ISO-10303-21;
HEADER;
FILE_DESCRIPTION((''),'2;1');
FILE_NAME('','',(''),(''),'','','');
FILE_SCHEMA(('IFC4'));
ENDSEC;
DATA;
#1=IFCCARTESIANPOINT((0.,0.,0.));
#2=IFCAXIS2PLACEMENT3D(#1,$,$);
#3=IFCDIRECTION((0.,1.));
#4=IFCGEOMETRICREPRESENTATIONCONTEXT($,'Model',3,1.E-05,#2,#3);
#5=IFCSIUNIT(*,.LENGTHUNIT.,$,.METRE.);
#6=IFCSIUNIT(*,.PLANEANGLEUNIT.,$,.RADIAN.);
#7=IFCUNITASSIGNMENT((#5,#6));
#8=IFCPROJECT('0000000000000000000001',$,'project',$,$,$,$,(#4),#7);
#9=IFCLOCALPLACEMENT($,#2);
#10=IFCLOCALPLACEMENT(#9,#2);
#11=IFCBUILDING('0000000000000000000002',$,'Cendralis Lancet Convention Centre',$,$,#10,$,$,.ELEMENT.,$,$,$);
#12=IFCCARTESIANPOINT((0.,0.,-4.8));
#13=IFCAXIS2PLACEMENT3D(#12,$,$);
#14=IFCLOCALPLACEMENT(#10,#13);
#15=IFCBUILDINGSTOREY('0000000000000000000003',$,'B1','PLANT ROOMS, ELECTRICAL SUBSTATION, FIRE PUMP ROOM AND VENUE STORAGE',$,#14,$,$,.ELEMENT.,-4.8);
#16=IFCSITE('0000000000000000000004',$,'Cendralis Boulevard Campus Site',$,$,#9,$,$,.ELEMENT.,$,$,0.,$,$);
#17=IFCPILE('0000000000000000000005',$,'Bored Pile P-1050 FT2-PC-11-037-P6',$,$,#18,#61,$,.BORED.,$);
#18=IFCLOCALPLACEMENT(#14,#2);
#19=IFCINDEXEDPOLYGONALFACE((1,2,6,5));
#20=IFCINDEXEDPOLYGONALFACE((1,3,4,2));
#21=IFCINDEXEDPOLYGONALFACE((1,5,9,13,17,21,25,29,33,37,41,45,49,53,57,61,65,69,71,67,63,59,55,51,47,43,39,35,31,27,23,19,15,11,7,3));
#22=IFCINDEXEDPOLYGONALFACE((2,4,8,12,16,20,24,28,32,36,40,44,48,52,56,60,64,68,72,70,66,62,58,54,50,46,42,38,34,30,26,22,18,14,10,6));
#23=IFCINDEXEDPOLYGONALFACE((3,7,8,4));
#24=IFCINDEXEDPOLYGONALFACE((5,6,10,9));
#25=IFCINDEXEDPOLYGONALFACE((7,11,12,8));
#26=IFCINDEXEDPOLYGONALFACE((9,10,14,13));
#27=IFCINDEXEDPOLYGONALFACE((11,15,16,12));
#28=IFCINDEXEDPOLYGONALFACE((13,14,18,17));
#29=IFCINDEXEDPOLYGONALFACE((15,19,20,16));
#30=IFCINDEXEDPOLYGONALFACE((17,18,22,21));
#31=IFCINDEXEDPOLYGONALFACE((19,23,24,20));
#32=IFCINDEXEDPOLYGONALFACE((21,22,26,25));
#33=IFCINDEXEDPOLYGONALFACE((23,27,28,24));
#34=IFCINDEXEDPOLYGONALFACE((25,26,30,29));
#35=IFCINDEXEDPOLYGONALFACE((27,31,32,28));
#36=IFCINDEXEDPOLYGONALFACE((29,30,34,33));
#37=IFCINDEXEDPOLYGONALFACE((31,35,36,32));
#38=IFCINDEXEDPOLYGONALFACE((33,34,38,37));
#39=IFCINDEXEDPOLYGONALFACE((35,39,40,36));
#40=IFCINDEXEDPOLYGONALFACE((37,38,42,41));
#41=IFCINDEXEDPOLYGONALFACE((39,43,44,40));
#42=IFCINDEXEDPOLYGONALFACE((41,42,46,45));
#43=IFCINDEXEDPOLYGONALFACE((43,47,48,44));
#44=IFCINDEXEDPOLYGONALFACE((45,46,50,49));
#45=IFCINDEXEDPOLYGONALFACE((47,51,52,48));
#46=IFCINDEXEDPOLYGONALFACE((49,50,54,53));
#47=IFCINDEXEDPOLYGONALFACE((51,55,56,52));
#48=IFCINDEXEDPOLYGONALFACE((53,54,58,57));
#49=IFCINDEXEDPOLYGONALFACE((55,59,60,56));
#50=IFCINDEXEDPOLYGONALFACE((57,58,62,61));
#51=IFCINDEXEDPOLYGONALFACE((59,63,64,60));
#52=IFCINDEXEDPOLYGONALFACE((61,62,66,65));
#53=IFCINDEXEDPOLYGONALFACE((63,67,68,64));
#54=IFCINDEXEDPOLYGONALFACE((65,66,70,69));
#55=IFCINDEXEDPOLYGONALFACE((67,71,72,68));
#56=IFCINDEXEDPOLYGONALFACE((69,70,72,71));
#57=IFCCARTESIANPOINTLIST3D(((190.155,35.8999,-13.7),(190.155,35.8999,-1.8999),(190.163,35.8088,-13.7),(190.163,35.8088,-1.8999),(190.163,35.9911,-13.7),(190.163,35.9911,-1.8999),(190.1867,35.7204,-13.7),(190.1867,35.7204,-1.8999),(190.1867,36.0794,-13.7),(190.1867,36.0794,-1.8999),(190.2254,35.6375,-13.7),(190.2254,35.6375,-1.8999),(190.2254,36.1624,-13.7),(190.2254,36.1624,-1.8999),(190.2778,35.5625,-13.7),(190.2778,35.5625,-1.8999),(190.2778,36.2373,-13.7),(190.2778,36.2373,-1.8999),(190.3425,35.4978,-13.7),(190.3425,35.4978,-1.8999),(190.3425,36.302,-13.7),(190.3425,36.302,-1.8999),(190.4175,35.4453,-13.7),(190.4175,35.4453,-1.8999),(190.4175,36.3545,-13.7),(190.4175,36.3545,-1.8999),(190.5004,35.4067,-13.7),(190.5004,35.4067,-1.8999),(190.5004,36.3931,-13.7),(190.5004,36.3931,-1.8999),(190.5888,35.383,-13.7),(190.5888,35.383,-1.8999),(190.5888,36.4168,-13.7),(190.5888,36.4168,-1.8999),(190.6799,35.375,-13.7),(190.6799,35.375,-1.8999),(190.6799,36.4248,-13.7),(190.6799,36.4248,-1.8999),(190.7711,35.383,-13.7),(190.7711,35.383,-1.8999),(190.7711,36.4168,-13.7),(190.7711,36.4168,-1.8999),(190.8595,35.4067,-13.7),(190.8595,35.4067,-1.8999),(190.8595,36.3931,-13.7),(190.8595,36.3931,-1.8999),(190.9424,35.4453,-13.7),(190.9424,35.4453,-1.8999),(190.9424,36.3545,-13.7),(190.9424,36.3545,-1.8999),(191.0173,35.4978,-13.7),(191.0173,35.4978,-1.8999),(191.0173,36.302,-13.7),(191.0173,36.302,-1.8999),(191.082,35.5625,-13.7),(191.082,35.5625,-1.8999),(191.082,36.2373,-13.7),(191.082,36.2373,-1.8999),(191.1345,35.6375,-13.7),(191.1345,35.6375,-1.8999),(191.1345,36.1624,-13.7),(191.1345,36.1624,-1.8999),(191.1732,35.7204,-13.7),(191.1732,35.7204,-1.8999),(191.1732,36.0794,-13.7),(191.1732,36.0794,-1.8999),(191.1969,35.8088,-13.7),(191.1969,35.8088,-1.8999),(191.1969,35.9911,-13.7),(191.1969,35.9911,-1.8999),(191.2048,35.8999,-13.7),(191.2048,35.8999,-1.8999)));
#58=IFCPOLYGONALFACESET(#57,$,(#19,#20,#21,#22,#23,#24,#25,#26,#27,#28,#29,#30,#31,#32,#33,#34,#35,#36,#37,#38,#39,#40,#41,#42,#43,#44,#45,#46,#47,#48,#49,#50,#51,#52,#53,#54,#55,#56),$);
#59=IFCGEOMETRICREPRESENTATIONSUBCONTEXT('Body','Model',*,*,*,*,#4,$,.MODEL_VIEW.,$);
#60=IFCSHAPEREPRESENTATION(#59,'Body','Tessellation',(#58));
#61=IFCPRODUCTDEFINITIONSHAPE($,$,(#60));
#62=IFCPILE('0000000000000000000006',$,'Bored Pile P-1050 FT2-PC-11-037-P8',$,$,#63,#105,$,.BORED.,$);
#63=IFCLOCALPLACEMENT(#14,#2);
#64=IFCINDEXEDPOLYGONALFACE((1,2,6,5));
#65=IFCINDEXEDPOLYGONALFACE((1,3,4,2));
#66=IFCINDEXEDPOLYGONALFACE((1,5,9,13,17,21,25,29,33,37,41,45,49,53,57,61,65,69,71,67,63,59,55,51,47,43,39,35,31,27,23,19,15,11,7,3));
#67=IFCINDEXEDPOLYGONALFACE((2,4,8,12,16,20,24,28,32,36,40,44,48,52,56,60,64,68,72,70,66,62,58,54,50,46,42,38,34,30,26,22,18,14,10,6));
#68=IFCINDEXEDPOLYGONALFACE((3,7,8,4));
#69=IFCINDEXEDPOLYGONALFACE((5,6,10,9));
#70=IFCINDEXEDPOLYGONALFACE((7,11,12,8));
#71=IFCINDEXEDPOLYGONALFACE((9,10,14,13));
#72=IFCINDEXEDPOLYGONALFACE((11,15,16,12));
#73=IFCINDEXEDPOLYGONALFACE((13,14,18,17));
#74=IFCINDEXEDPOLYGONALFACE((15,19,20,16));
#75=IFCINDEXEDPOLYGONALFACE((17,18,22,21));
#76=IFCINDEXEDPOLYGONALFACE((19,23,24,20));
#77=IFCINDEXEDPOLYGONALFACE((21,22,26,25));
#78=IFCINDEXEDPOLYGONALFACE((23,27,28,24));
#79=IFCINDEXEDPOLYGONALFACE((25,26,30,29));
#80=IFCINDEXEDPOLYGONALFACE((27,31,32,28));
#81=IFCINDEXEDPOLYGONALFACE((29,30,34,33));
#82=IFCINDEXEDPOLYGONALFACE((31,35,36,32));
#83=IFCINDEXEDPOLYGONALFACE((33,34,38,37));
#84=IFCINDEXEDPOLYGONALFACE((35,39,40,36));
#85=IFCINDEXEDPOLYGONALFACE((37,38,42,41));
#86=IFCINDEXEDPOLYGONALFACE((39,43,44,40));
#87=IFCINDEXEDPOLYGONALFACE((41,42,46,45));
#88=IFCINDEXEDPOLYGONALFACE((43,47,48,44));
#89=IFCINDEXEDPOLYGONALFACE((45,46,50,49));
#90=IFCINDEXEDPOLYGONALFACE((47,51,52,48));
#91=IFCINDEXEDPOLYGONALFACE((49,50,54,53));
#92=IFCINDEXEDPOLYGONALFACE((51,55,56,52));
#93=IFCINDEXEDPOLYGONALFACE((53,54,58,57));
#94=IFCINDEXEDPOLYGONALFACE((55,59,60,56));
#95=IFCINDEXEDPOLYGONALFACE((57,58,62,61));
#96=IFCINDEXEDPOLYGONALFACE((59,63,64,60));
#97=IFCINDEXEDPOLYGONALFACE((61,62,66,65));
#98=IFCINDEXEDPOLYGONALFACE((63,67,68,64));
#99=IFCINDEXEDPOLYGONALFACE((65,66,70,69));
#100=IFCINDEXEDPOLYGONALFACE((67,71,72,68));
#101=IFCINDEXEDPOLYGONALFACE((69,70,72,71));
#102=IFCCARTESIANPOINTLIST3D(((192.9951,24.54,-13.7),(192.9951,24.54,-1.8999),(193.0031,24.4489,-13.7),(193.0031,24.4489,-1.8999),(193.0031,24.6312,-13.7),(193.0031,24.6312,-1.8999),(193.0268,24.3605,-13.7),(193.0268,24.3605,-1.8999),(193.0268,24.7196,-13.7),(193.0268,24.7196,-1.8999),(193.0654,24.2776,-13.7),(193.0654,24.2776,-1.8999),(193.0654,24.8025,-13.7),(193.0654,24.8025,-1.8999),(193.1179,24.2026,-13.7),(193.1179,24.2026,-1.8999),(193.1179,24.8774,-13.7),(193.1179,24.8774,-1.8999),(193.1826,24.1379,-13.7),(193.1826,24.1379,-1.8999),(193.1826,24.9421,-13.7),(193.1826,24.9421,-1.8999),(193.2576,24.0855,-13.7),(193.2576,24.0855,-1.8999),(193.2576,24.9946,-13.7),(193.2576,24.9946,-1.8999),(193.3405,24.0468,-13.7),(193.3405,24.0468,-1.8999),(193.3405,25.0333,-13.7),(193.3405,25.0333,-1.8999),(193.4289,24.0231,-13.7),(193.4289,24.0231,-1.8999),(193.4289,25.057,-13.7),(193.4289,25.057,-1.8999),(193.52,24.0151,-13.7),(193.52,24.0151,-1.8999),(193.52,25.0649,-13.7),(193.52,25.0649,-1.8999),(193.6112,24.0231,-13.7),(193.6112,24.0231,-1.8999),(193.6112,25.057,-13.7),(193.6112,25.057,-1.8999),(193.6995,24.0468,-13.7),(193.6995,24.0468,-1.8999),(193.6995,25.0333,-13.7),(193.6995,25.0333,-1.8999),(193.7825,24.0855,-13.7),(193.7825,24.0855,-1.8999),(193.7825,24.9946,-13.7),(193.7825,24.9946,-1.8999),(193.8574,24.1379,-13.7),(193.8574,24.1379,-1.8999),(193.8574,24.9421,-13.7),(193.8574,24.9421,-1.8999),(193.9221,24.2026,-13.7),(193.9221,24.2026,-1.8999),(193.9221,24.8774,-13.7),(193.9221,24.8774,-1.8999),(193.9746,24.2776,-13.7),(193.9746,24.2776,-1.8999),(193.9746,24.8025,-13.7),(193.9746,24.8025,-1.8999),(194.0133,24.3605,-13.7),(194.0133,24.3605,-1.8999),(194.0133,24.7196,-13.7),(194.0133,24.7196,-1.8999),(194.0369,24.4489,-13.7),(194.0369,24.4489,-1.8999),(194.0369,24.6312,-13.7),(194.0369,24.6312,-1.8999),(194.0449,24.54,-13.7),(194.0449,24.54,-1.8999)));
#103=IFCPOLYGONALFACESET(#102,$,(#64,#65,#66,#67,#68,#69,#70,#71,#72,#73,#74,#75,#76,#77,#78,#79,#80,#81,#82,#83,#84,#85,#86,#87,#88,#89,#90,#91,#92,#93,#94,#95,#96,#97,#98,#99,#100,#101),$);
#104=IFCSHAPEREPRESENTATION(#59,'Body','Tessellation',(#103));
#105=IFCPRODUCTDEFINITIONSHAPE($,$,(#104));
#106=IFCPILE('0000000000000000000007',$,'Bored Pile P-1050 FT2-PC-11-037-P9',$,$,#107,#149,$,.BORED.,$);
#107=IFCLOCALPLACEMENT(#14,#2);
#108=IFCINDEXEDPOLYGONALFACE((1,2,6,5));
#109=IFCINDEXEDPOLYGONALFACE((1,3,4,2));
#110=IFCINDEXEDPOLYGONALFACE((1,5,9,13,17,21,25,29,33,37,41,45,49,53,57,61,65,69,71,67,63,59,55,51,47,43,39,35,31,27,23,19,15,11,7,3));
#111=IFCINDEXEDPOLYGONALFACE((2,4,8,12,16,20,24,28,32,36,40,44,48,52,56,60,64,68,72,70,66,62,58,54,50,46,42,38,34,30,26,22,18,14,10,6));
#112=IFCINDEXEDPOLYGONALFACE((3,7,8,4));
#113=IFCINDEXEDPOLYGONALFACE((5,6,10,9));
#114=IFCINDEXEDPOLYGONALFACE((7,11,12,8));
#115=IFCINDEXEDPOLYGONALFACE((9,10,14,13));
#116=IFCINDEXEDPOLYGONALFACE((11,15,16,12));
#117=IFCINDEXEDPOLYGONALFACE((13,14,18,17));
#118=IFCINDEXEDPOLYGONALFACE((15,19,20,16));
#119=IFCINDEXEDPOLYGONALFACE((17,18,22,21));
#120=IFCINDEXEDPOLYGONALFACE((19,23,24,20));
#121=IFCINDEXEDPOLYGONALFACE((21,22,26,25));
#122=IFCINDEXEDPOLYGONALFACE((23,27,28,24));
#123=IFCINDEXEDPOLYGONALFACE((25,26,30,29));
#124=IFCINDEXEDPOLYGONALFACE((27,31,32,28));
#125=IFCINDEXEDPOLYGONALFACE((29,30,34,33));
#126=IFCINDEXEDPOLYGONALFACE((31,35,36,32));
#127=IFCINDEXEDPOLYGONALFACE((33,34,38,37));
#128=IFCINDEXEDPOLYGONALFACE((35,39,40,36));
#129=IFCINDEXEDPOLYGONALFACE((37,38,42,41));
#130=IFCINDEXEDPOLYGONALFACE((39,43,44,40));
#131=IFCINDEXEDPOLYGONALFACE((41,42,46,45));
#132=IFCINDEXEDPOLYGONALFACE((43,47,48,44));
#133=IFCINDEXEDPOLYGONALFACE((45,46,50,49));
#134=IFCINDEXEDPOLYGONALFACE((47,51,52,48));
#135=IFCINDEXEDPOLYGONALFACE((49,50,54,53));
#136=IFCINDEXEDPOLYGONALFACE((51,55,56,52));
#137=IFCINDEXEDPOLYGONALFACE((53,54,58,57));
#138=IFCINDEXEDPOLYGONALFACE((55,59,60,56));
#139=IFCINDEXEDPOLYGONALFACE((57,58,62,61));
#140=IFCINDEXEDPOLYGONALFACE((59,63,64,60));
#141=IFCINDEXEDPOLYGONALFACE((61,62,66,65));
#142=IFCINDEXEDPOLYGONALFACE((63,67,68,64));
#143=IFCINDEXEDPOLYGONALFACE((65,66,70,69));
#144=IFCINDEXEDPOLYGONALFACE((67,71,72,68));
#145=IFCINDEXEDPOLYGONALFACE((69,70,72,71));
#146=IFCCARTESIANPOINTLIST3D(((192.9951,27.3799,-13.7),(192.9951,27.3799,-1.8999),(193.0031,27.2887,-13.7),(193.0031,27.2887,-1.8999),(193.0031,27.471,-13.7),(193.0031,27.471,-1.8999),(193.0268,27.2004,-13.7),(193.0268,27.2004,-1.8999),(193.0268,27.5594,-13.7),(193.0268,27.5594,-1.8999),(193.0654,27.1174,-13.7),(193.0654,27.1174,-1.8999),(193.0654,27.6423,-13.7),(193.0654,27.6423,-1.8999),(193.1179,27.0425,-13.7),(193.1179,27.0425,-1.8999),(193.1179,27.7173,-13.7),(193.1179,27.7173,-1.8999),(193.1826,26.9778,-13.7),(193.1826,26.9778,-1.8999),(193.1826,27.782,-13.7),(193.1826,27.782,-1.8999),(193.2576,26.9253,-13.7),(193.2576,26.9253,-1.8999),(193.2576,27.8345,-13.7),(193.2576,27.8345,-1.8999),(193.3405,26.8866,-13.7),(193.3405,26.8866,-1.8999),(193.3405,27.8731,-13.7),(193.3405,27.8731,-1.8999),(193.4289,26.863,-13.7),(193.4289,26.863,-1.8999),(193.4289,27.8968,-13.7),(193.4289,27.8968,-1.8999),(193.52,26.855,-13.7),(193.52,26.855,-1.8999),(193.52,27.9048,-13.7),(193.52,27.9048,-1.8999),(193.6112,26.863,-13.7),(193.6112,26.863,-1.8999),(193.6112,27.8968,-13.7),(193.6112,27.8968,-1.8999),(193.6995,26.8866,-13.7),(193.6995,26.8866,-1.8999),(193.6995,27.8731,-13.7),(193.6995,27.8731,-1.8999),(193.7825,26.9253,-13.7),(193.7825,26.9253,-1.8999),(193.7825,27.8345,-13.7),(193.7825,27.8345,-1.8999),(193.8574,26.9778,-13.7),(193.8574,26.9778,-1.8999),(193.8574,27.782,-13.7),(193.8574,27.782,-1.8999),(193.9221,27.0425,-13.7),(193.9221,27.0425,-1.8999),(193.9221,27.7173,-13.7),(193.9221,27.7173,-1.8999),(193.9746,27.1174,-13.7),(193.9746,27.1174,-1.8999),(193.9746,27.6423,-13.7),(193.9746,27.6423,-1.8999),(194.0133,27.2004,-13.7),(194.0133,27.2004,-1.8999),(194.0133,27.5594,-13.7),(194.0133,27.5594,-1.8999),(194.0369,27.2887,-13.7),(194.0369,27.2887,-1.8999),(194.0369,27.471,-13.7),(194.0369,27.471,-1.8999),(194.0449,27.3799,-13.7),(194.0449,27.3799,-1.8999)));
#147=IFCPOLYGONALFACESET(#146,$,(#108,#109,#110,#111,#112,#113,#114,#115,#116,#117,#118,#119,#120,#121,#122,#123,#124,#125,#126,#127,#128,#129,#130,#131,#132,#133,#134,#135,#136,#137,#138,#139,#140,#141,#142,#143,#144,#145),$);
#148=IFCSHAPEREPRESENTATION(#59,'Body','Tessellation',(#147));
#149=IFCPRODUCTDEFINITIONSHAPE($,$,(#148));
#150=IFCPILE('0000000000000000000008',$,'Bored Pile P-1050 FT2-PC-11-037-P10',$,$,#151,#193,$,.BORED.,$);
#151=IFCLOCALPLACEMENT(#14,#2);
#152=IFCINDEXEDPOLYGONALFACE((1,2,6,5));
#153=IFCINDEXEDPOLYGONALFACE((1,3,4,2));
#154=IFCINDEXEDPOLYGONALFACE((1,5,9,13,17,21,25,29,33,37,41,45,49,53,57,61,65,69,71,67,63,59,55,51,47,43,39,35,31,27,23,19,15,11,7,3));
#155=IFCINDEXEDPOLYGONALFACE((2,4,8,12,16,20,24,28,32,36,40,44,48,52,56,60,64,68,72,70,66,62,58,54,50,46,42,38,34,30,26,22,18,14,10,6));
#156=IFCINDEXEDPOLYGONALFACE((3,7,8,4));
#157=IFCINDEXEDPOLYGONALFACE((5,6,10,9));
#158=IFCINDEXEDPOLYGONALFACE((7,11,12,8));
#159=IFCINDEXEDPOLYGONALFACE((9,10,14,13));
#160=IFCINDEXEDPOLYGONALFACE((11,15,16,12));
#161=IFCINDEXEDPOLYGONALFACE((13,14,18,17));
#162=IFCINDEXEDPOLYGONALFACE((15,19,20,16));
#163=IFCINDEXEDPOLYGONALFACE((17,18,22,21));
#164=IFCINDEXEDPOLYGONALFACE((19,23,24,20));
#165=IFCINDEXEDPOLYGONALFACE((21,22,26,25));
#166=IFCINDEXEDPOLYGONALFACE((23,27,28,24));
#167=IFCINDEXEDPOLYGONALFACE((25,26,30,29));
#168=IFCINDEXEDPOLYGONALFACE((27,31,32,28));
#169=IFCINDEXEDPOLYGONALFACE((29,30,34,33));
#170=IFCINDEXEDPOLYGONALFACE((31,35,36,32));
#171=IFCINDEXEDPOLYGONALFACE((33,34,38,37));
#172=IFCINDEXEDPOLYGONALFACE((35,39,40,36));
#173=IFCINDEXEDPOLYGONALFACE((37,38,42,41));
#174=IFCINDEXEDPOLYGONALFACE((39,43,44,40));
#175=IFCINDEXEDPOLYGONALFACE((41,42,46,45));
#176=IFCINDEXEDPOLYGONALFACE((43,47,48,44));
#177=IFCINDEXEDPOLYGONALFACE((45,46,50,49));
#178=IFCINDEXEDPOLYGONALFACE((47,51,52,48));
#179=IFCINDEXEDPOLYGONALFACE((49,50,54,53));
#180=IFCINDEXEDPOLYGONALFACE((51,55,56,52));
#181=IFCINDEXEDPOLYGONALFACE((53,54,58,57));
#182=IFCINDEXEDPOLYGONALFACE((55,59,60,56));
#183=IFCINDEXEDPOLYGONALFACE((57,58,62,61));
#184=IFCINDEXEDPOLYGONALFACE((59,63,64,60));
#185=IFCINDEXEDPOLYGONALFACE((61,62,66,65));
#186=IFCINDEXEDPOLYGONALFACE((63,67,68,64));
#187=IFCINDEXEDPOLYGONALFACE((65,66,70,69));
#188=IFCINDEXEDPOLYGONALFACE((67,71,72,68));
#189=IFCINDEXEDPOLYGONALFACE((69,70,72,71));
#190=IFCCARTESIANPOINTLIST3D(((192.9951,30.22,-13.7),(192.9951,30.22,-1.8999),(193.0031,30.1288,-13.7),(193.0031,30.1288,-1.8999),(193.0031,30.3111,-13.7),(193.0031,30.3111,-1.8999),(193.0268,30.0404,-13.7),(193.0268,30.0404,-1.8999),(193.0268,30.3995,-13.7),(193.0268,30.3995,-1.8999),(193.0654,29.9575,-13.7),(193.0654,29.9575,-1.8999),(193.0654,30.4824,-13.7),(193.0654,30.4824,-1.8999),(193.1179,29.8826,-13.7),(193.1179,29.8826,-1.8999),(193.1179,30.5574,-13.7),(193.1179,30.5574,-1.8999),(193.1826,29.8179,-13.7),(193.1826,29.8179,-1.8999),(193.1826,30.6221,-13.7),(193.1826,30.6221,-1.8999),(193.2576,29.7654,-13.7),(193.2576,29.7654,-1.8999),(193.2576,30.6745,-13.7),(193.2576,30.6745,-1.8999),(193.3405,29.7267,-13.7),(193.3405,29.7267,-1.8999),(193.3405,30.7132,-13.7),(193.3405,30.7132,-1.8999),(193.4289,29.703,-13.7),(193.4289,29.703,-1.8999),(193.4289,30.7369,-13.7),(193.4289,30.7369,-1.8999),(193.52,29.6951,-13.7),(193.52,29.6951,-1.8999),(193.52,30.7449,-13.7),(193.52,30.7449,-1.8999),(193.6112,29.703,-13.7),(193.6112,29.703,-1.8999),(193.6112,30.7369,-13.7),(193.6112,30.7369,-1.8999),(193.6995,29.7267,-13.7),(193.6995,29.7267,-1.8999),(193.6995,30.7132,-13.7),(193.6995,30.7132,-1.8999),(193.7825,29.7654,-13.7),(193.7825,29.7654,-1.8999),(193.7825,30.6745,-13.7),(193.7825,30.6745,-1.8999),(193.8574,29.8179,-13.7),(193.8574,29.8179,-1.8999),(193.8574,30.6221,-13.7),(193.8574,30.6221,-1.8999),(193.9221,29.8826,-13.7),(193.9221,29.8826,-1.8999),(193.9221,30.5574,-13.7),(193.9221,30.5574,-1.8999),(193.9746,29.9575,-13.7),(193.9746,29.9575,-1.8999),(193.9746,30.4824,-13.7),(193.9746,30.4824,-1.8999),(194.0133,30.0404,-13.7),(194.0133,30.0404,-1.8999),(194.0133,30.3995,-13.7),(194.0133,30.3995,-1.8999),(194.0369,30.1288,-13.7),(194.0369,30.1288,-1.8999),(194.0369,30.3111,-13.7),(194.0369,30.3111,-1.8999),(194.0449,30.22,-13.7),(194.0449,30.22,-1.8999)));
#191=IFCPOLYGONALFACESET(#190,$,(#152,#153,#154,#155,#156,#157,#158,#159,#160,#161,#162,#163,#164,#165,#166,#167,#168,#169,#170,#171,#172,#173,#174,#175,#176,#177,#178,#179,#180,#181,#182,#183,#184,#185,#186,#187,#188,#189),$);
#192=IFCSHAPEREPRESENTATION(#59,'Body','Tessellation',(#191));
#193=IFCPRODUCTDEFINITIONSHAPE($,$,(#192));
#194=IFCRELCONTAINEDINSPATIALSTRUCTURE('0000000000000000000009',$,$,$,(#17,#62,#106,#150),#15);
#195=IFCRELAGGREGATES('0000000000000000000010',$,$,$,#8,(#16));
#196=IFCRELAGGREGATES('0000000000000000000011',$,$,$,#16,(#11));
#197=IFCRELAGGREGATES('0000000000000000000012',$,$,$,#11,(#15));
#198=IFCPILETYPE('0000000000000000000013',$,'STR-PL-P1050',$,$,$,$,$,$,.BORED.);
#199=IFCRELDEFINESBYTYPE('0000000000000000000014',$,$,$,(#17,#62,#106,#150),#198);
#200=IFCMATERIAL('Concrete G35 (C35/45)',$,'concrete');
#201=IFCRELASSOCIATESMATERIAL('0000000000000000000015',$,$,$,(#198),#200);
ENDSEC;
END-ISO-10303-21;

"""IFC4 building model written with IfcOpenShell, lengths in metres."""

from ifc_helpers import new_model, si_unit, direction, frame, origin, origin_2d, place, context, subcontext, project, spatial, circle, extrude, material, material_profile, profile_set, type_object, element, save


model = new_model("IFC4")

# Units and contexts
model_context = context("Model", 3, precision=1e-05, world=origin(), true_north=direction((0.0, 1.0)))
body_context = subcontext(model_context, "Body", "Model", "MODEL_VIEW")
ifc_project = project(units=[si_unit("LENGTHUNIT", "METRE"), si_unit("PLANEANGLEUNIT", "RADIAN")], contexts=[model_context])

# Site, building, storey
site_placement = place(None, origin())
site = spatial("IfcSite", under=ifc_project, at=site_placement, Name="Cendralis Boulevard Campus Site", CompositionType="ELEMENT", RefElevation=0.0)
building_placement = place(site_placement, origin())
building = spatial("IfcBuilding", under=site, at=building_placement, Name="Cendralis Lancet Convention Centre", CompositionType="ELEMENT")
storey_placement = place(building_placement, frame((0.0, 0.0, -4.8)))
storey = spatial("IfcBuildingStorey", under=building, at=storey_placement, Name="B1", Description="PLANT ROOMS, ELECTRICAL SUBSTATION, FIRE PUMP ROOM AND VENUE STORAGE", CompositionType="ELEMENT", Elevation=-4.8)

# Shared definitions
ifc_material_1 = material(Name="Concrete G35 (C35/45)", Category="concrete")

# Piles
ifc_material_profile_1 = material_profile(ifc_material_1, circle(Radius=0.5249, at=origin_2d()), Name="BORED PILE D1050")
ifc_profile_set_1 = profile_set([ifc_material_profile_1], Name="Concrete G35 (C35/45)")
pile_type = type_object("IfcPileType", Name="STR-PL-P1050", PredefinedType="BORED", material=ifc_profile_set_1)
for number, where, z_axis, x_axis, name in (
    (1, (190.6799, 35.8999, -1.8999), (0.0, 0.0, -1.0), (1.0, 0.0, 0.0), "Bored Pile P-1050 FT2-PC-11-037-P6"),
    (2, (193.52, 24.54, -1.8999), (0.0, 0.0, -1.0), (1.0, 0.0, 0.0), "Bored Pile P-1050 FT2-PC-11-037-P8"),
    (3, (193.52, 27.3799, -1.8999), (0.0, 0.0, -1.0), (1.0, 0.0, 0.0), "Bored Pile P-1050 FT2-PC-11-037-P9"),
    (4, (193.52, 30.22, -1.8999), (0.0, 0.0, -1.0), (1.0, 0.0, 0.0), "Bored Pile P-1050 FT2-PC-11-037-P10"),
):
    element("IfcPile", number, at=place(storey_placement, frame(where, z_axis=z_axis, x_axis=x_axis)), inside=storey, type_object=pile_type, Name=name, PredefinedType="BORED", context=body_context, shape_type="SweptSolid", body=[
        extrude(circle(Radius=0.5249, at=origin_2d()), origin(), (0.0, 0.0, 1.0), 11.8),
    ])

save(model, "model.ifc")
